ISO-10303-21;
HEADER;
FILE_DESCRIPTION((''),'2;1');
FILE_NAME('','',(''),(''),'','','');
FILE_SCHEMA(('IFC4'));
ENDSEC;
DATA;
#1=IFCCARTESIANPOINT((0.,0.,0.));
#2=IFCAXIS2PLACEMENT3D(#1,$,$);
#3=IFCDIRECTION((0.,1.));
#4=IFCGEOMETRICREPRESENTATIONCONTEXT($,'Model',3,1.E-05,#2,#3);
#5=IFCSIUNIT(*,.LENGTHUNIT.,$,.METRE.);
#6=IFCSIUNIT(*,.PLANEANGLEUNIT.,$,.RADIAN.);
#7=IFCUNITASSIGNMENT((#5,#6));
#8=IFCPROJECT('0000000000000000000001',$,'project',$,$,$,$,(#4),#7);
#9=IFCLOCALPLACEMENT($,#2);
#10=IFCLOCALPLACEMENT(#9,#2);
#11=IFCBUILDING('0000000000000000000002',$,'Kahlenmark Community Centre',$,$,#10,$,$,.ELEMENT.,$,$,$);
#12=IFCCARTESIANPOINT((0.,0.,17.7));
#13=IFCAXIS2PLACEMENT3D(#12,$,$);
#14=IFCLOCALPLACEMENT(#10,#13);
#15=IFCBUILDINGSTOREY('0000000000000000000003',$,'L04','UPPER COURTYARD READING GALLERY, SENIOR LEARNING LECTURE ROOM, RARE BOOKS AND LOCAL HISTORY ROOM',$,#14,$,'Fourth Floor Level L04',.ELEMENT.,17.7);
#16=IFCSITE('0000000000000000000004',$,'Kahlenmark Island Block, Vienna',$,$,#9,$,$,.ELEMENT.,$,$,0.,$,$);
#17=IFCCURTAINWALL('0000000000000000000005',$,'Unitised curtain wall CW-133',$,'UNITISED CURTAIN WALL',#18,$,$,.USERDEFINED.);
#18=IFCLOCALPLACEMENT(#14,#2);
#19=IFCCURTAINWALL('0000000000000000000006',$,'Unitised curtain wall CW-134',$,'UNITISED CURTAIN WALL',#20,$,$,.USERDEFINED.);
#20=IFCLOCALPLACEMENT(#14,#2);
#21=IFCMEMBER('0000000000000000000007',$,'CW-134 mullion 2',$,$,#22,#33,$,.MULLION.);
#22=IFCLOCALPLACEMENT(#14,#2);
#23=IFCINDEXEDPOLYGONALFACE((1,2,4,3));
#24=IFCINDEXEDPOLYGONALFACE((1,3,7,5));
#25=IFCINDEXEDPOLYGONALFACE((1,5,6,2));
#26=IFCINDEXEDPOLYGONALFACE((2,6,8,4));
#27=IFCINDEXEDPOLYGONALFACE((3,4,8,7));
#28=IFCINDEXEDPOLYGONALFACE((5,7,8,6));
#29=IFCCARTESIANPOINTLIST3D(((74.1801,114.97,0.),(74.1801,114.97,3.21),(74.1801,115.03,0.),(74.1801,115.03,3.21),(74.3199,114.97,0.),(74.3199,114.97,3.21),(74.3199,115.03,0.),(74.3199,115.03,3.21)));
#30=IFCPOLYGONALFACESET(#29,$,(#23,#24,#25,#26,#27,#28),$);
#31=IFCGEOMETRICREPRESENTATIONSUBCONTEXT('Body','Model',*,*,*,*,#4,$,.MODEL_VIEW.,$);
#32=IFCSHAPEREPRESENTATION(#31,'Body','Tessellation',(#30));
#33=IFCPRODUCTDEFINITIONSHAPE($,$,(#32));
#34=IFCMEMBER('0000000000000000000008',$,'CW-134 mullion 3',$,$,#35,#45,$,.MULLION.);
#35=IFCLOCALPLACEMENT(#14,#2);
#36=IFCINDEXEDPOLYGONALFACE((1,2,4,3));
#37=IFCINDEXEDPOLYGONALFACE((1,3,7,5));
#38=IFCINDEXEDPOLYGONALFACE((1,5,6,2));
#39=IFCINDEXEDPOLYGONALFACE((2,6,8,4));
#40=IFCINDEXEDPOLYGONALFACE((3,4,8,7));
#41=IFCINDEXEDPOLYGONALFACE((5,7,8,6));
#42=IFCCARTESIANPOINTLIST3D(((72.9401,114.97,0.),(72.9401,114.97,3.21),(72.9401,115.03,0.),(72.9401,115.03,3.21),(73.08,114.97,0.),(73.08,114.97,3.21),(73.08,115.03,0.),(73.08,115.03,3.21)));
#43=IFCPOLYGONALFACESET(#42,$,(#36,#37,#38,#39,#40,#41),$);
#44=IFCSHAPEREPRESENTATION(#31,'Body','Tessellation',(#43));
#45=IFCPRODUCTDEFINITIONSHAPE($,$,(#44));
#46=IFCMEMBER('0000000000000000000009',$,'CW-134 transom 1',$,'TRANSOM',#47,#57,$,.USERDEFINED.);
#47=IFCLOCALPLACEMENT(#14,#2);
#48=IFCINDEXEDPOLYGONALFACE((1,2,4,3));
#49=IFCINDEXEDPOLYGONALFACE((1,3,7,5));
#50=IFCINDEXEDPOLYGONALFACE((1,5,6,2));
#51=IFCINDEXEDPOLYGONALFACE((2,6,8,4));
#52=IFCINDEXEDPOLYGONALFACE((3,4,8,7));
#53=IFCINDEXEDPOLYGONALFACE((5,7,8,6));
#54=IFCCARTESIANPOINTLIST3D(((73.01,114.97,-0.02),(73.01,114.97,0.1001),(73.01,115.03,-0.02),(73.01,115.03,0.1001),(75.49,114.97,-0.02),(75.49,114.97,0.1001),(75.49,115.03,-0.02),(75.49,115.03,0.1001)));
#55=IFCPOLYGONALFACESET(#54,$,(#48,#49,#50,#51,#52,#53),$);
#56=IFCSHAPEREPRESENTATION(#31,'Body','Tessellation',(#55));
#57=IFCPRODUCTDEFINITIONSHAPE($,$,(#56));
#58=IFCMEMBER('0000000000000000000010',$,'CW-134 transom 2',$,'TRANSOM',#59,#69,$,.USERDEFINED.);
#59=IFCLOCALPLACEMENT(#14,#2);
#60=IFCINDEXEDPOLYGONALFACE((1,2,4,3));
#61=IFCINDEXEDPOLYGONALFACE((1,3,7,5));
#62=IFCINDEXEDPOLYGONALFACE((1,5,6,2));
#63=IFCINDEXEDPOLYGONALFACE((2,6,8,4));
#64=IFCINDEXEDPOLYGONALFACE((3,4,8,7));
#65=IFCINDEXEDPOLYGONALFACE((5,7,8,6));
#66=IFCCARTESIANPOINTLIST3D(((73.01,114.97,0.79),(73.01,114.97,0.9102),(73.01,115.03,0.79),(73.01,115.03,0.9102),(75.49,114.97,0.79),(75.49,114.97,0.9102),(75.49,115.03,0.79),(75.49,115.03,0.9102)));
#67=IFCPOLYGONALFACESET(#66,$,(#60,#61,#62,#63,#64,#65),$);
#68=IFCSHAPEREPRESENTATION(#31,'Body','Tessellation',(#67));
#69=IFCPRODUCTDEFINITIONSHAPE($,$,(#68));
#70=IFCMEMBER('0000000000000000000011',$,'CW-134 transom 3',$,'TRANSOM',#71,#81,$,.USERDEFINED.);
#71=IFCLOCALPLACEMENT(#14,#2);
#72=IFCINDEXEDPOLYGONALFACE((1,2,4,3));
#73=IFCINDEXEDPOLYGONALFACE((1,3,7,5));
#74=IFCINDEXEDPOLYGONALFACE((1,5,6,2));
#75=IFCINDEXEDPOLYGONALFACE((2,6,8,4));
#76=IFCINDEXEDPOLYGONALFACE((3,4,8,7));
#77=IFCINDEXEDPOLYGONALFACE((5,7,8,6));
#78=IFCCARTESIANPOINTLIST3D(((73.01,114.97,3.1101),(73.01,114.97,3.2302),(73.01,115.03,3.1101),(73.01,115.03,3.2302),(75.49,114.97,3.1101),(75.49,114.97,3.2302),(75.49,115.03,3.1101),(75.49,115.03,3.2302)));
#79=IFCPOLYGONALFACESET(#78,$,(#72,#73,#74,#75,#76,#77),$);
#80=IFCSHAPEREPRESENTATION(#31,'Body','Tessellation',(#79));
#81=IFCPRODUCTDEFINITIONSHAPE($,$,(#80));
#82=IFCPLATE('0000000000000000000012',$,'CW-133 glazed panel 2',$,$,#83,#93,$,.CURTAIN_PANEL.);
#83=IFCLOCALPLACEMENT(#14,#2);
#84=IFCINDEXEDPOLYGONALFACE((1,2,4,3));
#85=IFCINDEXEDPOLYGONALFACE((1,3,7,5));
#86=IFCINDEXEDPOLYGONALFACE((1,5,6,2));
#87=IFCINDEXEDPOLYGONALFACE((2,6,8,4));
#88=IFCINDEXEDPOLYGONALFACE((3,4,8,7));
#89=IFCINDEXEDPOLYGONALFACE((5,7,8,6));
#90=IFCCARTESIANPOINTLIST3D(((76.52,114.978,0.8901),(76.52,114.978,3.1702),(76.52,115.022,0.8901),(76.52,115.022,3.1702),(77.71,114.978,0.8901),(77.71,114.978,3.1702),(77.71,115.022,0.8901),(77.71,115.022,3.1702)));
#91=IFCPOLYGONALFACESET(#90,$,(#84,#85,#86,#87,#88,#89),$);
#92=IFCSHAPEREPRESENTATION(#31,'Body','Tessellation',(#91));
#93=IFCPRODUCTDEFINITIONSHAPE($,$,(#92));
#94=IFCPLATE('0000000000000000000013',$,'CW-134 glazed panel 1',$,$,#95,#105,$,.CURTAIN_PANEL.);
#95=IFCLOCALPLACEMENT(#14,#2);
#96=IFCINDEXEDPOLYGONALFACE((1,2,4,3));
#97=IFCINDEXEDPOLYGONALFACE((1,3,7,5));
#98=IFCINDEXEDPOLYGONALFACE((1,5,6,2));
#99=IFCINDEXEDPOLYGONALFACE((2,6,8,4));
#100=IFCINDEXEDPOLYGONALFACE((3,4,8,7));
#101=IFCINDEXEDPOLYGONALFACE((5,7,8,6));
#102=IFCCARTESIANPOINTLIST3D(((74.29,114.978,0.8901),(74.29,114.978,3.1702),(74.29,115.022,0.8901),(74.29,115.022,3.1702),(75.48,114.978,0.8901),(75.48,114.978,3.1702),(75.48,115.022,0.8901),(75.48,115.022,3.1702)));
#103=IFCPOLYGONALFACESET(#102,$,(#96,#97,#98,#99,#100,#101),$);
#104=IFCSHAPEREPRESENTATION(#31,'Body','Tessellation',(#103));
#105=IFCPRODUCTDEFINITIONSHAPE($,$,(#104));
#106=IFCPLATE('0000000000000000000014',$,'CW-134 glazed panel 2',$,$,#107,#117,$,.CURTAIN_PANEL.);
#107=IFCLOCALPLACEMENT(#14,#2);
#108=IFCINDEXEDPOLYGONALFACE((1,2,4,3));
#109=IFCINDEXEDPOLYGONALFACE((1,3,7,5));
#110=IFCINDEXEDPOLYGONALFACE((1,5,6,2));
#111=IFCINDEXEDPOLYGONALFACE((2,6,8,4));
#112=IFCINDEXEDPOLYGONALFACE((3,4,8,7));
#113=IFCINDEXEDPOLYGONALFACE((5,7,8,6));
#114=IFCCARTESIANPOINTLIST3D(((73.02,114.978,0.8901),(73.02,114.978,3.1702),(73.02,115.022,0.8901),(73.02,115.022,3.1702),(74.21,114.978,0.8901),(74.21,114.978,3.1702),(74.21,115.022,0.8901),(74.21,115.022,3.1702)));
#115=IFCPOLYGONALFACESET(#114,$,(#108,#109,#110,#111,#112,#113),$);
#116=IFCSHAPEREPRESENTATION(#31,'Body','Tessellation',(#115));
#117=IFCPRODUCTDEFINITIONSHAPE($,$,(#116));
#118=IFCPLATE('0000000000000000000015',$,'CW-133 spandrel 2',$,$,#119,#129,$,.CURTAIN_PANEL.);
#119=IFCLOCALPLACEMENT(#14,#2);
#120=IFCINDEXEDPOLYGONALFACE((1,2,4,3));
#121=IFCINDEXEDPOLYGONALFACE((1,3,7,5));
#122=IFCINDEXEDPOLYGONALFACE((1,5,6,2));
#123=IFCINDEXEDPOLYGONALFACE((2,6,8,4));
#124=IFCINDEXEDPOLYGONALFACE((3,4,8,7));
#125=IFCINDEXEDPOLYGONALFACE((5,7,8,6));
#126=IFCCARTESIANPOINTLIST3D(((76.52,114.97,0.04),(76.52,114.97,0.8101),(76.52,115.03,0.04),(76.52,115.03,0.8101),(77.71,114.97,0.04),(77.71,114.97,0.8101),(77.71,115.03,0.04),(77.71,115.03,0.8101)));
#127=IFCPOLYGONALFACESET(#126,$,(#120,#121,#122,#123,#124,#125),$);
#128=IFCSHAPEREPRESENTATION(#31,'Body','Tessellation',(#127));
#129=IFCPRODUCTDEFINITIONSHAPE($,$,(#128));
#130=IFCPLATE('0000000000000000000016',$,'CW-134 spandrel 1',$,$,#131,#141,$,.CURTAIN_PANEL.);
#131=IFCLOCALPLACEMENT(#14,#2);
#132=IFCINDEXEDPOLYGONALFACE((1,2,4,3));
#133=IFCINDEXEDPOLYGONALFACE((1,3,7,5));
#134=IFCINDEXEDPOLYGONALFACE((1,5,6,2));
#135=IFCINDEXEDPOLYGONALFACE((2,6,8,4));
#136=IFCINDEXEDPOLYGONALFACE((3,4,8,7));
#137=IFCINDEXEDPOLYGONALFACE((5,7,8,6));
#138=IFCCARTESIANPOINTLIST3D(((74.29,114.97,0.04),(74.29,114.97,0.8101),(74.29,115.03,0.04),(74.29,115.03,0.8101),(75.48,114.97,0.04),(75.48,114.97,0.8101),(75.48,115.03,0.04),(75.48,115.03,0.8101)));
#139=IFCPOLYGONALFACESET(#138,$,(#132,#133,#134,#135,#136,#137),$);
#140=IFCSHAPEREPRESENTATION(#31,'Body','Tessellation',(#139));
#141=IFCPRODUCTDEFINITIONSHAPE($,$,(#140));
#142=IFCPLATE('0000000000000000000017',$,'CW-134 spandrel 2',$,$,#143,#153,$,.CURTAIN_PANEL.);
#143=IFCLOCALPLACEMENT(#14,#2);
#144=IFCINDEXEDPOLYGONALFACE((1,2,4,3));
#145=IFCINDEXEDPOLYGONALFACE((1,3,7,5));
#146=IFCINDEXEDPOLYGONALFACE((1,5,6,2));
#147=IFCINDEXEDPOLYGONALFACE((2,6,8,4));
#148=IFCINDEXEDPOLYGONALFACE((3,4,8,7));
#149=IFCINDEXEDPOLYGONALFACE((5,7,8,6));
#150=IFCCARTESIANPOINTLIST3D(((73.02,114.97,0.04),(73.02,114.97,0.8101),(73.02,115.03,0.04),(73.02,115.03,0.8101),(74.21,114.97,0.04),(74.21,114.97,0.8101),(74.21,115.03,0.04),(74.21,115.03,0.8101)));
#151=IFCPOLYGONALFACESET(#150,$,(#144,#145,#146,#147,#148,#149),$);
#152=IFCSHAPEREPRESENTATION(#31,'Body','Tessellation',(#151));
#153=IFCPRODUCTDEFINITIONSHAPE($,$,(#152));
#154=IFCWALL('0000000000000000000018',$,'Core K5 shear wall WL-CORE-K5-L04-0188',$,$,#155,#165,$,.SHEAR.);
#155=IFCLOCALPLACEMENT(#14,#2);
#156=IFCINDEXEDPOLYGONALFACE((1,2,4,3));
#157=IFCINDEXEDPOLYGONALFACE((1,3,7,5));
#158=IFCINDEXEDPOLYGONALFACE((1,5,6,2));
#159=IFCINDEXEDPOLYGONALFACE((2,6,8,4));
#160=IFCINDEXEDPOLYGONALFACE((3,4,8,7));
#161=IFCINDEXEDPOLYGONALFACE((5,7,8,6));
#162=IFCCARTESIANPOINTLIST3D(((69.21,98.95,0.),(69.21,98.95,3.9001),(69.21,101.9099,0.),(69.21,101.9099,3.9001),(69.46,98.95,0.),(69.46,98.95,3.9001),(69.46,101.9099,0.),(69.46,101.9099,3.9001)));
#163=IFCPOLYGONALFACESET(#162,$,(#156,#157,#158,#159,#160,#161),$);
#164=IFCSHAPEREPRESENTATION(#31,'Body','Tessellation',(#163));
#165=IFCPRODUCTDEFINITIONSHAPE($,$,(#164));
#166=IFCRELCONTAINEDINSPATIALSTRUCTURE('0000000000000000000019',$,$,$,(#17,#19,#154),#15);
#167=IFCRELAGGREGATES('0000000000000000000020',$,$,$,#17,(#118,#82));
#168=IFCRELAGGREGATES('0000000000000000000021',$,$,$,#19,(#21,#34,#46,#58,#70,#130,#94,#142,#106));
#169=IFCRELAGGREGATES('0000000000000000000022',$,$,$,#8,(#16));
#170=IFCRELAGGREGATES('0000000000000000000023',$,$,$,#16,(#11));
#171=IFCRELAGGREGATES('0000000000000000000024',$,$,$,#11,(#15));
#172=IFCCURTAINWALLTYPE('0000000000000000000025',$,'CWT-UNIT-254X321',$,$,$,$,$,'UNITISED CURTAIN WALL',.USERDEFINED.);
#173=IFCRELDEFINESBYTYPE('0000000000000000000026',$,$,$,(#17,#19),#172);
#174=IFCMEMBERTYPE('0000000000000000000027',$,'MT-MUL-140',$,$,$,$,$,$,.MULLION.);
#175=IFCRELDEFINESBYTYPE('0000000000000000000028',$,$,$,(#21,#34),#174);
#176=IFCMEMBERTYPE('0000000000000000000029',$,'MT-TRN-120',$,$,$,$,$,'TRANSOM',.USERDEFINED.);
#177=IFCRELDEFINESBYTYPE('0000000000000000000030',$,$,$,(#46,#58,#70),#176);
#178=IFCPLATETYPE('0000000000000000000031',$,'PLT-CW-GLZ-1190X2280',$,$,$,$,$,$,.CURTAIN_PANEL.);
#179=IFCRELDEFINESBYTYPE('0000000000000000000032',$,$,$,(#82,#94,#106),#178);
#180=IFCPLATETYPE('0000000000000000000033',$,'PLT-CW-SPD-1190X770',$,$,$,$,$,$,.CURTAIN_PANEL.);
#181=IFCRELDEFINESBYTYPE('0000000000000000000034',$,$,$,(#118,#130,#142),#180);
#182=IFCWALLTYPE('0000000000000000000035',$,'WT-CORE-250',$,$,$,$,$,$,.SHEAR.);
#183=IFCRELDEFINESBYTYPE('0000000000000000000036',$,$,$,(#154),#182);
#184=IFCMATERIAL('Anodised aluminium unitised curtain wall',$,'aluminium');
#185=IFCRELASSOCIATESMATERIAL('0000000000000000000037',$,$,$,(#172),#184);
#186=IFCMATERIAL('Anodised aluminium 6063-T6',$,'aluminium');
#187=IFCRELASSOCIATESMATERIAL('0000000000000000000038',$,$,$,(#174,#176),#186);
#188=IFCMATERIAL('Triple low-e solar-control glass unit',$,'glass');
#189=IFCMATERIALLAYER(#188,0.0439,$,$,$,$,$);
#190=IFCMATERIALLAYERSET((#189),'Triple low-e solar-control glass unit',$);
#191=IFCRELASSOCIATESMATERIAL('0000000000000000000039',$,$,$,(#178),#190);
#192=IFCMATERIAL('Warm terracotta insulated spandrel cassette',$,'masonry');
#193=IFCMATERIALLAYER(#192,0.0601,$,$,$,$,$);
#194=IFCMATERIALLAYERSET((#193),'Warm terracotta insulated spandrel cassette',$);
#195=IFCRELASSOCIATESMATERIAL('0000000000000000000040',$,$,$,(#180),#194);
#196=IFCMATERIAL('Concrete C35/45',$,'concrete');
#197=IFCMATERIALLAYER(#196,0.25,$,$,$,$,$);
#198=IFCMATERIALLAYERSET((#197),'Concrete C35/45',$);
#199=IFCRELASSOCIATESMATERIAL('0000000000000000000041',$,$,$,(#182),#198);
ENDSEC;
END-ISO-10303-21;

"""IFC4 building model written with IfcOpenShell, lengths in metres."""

from ifc_helpers import new_model, si_unit, direction, frame, frame_2d, origin, origin_2d, place, context, subcontext, project, spatial, rectangle, extrude, material, layer, layer_set, material_profile, profile_set, type_object, element, aggregate, save


model = new_model("IFC4")

# Units and contexts
model_context = context("Model", 3, precision=1e-05, world=origin(), true_north=direction((0.0, 1.0)))
body_context = subcontext(model_context, "Body", "Model", "MODEL_VIEW")
ifc_project = project(units=[si_unit("LENGTHUNIT", "METRE"), si_unit("PLANEANGLEUNIT", "RADIAN")], contexts=[model_context])

# Site, building, storey
site_placement = place(None, origin())
site = spatial("IfcSite", under=ifc_project, at=site_placement, Name="Kahlenmark Island Block, Vienna", CompositionType="ELEMENT", RefElevation=0.0)
building_placement = place(site_placement, origin())
building = spatial("IfcBuilding", under=site, at=building_placement, Name="Kahlenmark Community Centre", CompositionType="ELEMENT")
storey_placement = place(building_placement, frame((0.0, 0.0, 17.7)))
storey = spatial("IfcBuildingStorey", under=building, at=storey_placement, Name="L04", Description="UPPER COURTYARD READING GALLERY, SENIOR LEARNING LECTURE ROOM, RARE BOOKS AND LOCAL HISTORY ROOM", LongName="Fourth Floor Level L04", CompositionType="ELEMENT", Elevation=17.7)

# Curtain wall
ifc_material_1 = material(Name="Anodised aluminium unitised curtain wall", Category="aluminium")
curtain_wall_type = type_object("IfcCurtainWallType", Name="CWT-UNIT-254X321", ElementType="UNITISED CURTAIN WALL", PredefinedType="USERDEFINED", material=ifc_material_1)
curtain_wall_1_placement = place(storey_placement, origin())
curtain_wall_1 = element("IfcCurtainWall", 1, at=curtain_wall_1_placement, inside=storey, type_object=curtain_wall_type, Name="Unitised curtain wall CW-133", ObjectType="UNITISED CURTAIN WALL", PredefinedType="USERDEFINED")
ifc_material_2 = material(Name="Anodised aluminium 6063-T6", Category="aluminium")
ifc_material_profile_1 = material_profile(ifc_material_2, rectangle(XDim=0.0601, YDim=0.1399, at=origin_2d()), Name="ALU MULLION 60x140")
ifc_profile_set_1 = profile_set([ifc_material_profile_1], Name="Anodised aluminium 6063-T6")
member_type_1 = type_object("IfcMemberType", Name="MT-MUL-140", PredefinedType="MULLION", material=ifc_profile_set_1)

# Curtain wall, members
curtain_wall_2_placement = place(storey_placement, origin())
curtain_wall_2 = element("IfcCurtainWall", 2, at=curtain_wall_2_placement, inside=storey, type_object=curtain_wall_type, Name="Unitised curtain wall CW-134", ObjectType="UNITISED CURTAIN WALL", PredefinedType="USERDEFINED")
member_1_placement = place(storey_placement, frame((74.25, 115.0, 0.0), z_axis=(0.0, 0.0, 1.0), x_axis=(0.0, -1.0, 0.0)))
member_1 = element("IfcMember", 3, at=member_1_placement, type_object=member_type_1, Name="CW-134 mullion 2", PredefinedType="MULLION", context=body_context, shape_type="SweptSolid", body=[
    extrude(rectangle(XDim=0.0601, YDim=0.1399, at=origin_2d()), origin(), (0.0, 0.0, 1.0), 3.21),
])
member_2_placement = place(storey_placement, frame((73.01, 115.0, 0.0), z_axis=(0.0, 0.0, 1.0), x_axis=(0.0, -1.0, 0.0)))
member_2 = element("IfcMember", 4, at=member_2_placement, type_object=member_type_1, Name="CW-134 mullion 3", PredefinedType="MULLION", context=body_context, shape_type="SweptSolid", body=[
    extrude(rectangle(XDim=0.0601, YDim=0.1399, at=origin_2d()), origin(), (0.0, 0.0, 1.0), 3.21),
])
ifc_material_profile_2 = material_profile(ifc_material_2, rectangle(XDim=0.0601, YDim=0.1201, at=origin_2d()), Name="ALU TRANSOM 60x120")
ifc_profile_set_2 = profile_set([ifc_material_profile_2], Name="Anodised aluminium 6063-T6")
member_type_2 = type_object("IfcMemberType", Name="MT-TRN-120", ElementType="TRANSOM", PredefinedType="USERDEFINED", material=ifc_profile_set_2)
member_3_placement = place(storey_placement, frame((75.49, 115.0, 0.04), z_axis=(-1.0, 0.0, 0.0), x_axis=(0.0, -1.0, 0.0)))
member_3 = element("IfcMember", 5, at=member_3_placement, type_object=member_type_2, Name="CW-134 transom 1", ObjectType="TRANSOM", PredefinedType="USERDEFINED", context=body_context, shape_type="SweptSolid", body=[
    extrude(rectangle(XDim=0.0601, YDim=0.1201, at=origin_2d()), origin(), (0.0, 0.0, 1.0), 2.48),
])
member_4_placement = place(storey_placement, frame((75.49, 115.0, 0.8501), z_axis=(-1.0, 0.0, 0.0), x_axis=(0.0, -1.0, 0.0)))
member_4 = element("IfcMember", 6, at=member_4_placement, type_object=member_type_2, Name="CW-134 transom 2", ObjectType="TRANSOM", PredefinedType="USERDEFINED", context=body_context, shape_type="SweptSolid", body=[
    extrude(rectangle(XDim=0.0601, YDim=0.1201, at=origin_2d()), origin(), (0.0, 0.0, 1.0), 2.48),
])
member_5_placement = place(storey_placement, frame((75.49, 115.0, 3.1702), z_axis=(-1.0, 0.0, 0.0), x_axis=(0.0, -1.0, 0.0)))
member_5 = element("IfcMember", 7, at=member_5_placement, type_object=member_type_2, Name="CW-134 transom 3", ObjectType="TRANSOM", PredefinedType="USERDEFINED", context=body_context, shape_type="SweptSolid", body=[
    extrude(rectangle(XDim=0.0601, YDim=0.1201, at=origin_2d()), origin(), (0.0, 0.0, 1.0), 2.48),
])

# Plates
ifc_material_3 = material(Name="Triple low-e solar-control glass unit", Category="glass")
ifc_layer_1 = layer(ifc_material_3, 0.0439)
ifc_layer_set_1 = layer_set([ifc_layer_1], Name="Triple low-e solar-control glass unit")
plate_type_1 = type_object("IfcPlateType", Name="PLT-CW-GLZ-1190X2280", PredefinedType="CURTAIN_PANEL", material=ifc_layer_set_1)
plate_1_placement = place(storey_placement, frame((77.115, 115.0, 0.8901), z_axis=(0.0, 0.0, 1.0), x_axis=(-1.0, 0.0, 0.0)))
plate_1 = element("IfcPlate", 8, at=plate_1_placement, type_object=plate_type_1, Name="CW-133 glazed panel 2", PredefinedType="CURTAIN_PANEL", context=body_context, shape_type="SweptSolid", body=[
    extrude(rectangle(XDim=1.1899, YDim=0.0439, at=origin_2d()), origin(), (0.0, 0.0, 1.0), 2.28),
])
plate_2_placement = place(storey_placement, frame((74.885, 115.0, 0.8901), z_axis=(0.0, 0.0, 1.0), x_axis=(-1.0, 0.0, 0.0)))
plate_2 = element("IfcPlate", 9, at=plate_2_placement, type_object=plate_type_1, Name="CW-134 glazed panel 1", PredefinedType="CURTAIN_PANEL", context=body_context, shape_type="SweptSolid", body=[
    extrude(rectangle(XDim=1.1899, YDim=0.0439, at=origin_2d()), origin(), (0.0, 0.0, 1.0), 2.28),
])
plate_3_placement = place(storey_placement, frame((73.615, 115.0, 0.8901), z_axis=(0.0, 0.0, 1.0), x_axis=(-1.0, 0.0, 0.0)))
plate_3 = element("IfcPlate", 10, at=plate_3_placement, type_object=plate_type_1, Name="CW-134 glazed panel 2", PredefinedType="CURTAIN_PANEL", context=body_context, shape_type="SweptSolid", body=[
    extrude(rectangle(XDim=1.1899, YDim=0.0439, at=origin_2d()), origin(), (0.0, 0.0, 1.0), 2.28),
])
ifc_material_4 = material(Name="Warm terracotta insulated spandrel cassette", Category="masonry")
ifc_layer_2 = layer(ifc_material_4, 0.0601)
ifc_layer_set_2 = layer_set([ifc_layer_2], Name="Warm terracotta insulated spandrel cassette")
plate_type_2 = type_object("IfcPlateType", Name="PLT-CW-SPD-1190X770", PredefinedType="CURTAIN_PANEL", material=ifc_layer_set_2)
plate_4_placement = place(storey_placement, frame((77.115, 115.0, 0.04), z_axis=(0.0, 0.0, 1.0), x_axis=(-1.0, 0.0, 0.0)))
plate_4 = element("IfcPlate", 11, at=plate_4_placement, type_object=plate_type_2, Name="CW-133 spandrel 2", PredefinedType="CURTAIN_PANEL", context=body_context, shape_type="SweptSolid", body=[
    extrude(rectangle(XDim=1.1899, YDim=0.0601, at=origin_2d()), origin(), (0.0, 0.0, 1.0), 0.77),
])
aggregate(curtain_wall_1, [plate_4, plate_1])
plate_5_placement = place(storey_placement, frame((74.885, 115.0, 0.04), z_axis=(0.0, 0.0, 1.0), x_axis=(-1.0, 0.0, 0.0)))
plate_5 = element("IfcPlate", 12, at=plate_5_placement, type_object=plate_type_2, Name="CW-134 spandrel 1", PredefinedType="CURTAIN_PANEL", context=body_context, shape_type="SweptSolid", body=[
    extrude(rectangle(XDim=1.1899, YDim=0.0601, at=origin_2d()), origin(), (0.0, 0.0, 1.0), 0.77),
])
plate_6_placement = place(storey_placement, frame((73.615, 115.0, 0.04), z_axis=(0.0, 0.0, 1.0), x_axis=(-1.0, 0.0, 0.0)))
plate_6 = element("IfcPlate", 13, at=plate_6_placement, type_object=plate_type_2, Name="CW-134 spandrel 2", PredefinedType="CURTAIN_PANEL", context=body_context, shape_type="SweptSolid", body=[
    extrude(rectangle(XDim=1.1899, YDim=0.0601, at=origin_2d()), origin(), (0.0, 0.0, 1.0), 0.77),
])
aggregate(curtain_wall_2, [member_1, member_2, member_3, member_4, member_5, plate_5, plate_2, plate_6, plate_3])

# Wall
ifc_material_5 = material(Name="Concrete C35/45", Category="concrete")
ifc_layer_3 = layer(ifc_material_5, 0.25)
ifc_layer_set_3 = layer_set([ifc_layer_3], Name="Concrete C35/45")
wall_type_1 = type_object("IfcWallType", Name="WT-CORE-250", PredefinedType="SHEAR", material=ifc_layer_set_3)
wall_1_placement = place(storey_placement, frame((69.335, 98.95, 0.0), z_axis=(0.0, 0.0, 1.0), x_axis=(0.0, 1.0, 0.0)))
element("IfcWall", 14, at=wall_1_placement, inside=storey, type_object=wall_type_1, Name="Core K5 shear wall WL-CORE-K5-L04-0188", PredefinedType="SHEAR", context=body_context, shape_type="SweptSolid", body=[
    extrude(rectangle(XDim=2.96, YDim=0.25, at=frame_2d((1.48, 0.0))), origin(), (0.0, 0.0, 1.0), 3.9001),
])

save(model, "model.ifc")
